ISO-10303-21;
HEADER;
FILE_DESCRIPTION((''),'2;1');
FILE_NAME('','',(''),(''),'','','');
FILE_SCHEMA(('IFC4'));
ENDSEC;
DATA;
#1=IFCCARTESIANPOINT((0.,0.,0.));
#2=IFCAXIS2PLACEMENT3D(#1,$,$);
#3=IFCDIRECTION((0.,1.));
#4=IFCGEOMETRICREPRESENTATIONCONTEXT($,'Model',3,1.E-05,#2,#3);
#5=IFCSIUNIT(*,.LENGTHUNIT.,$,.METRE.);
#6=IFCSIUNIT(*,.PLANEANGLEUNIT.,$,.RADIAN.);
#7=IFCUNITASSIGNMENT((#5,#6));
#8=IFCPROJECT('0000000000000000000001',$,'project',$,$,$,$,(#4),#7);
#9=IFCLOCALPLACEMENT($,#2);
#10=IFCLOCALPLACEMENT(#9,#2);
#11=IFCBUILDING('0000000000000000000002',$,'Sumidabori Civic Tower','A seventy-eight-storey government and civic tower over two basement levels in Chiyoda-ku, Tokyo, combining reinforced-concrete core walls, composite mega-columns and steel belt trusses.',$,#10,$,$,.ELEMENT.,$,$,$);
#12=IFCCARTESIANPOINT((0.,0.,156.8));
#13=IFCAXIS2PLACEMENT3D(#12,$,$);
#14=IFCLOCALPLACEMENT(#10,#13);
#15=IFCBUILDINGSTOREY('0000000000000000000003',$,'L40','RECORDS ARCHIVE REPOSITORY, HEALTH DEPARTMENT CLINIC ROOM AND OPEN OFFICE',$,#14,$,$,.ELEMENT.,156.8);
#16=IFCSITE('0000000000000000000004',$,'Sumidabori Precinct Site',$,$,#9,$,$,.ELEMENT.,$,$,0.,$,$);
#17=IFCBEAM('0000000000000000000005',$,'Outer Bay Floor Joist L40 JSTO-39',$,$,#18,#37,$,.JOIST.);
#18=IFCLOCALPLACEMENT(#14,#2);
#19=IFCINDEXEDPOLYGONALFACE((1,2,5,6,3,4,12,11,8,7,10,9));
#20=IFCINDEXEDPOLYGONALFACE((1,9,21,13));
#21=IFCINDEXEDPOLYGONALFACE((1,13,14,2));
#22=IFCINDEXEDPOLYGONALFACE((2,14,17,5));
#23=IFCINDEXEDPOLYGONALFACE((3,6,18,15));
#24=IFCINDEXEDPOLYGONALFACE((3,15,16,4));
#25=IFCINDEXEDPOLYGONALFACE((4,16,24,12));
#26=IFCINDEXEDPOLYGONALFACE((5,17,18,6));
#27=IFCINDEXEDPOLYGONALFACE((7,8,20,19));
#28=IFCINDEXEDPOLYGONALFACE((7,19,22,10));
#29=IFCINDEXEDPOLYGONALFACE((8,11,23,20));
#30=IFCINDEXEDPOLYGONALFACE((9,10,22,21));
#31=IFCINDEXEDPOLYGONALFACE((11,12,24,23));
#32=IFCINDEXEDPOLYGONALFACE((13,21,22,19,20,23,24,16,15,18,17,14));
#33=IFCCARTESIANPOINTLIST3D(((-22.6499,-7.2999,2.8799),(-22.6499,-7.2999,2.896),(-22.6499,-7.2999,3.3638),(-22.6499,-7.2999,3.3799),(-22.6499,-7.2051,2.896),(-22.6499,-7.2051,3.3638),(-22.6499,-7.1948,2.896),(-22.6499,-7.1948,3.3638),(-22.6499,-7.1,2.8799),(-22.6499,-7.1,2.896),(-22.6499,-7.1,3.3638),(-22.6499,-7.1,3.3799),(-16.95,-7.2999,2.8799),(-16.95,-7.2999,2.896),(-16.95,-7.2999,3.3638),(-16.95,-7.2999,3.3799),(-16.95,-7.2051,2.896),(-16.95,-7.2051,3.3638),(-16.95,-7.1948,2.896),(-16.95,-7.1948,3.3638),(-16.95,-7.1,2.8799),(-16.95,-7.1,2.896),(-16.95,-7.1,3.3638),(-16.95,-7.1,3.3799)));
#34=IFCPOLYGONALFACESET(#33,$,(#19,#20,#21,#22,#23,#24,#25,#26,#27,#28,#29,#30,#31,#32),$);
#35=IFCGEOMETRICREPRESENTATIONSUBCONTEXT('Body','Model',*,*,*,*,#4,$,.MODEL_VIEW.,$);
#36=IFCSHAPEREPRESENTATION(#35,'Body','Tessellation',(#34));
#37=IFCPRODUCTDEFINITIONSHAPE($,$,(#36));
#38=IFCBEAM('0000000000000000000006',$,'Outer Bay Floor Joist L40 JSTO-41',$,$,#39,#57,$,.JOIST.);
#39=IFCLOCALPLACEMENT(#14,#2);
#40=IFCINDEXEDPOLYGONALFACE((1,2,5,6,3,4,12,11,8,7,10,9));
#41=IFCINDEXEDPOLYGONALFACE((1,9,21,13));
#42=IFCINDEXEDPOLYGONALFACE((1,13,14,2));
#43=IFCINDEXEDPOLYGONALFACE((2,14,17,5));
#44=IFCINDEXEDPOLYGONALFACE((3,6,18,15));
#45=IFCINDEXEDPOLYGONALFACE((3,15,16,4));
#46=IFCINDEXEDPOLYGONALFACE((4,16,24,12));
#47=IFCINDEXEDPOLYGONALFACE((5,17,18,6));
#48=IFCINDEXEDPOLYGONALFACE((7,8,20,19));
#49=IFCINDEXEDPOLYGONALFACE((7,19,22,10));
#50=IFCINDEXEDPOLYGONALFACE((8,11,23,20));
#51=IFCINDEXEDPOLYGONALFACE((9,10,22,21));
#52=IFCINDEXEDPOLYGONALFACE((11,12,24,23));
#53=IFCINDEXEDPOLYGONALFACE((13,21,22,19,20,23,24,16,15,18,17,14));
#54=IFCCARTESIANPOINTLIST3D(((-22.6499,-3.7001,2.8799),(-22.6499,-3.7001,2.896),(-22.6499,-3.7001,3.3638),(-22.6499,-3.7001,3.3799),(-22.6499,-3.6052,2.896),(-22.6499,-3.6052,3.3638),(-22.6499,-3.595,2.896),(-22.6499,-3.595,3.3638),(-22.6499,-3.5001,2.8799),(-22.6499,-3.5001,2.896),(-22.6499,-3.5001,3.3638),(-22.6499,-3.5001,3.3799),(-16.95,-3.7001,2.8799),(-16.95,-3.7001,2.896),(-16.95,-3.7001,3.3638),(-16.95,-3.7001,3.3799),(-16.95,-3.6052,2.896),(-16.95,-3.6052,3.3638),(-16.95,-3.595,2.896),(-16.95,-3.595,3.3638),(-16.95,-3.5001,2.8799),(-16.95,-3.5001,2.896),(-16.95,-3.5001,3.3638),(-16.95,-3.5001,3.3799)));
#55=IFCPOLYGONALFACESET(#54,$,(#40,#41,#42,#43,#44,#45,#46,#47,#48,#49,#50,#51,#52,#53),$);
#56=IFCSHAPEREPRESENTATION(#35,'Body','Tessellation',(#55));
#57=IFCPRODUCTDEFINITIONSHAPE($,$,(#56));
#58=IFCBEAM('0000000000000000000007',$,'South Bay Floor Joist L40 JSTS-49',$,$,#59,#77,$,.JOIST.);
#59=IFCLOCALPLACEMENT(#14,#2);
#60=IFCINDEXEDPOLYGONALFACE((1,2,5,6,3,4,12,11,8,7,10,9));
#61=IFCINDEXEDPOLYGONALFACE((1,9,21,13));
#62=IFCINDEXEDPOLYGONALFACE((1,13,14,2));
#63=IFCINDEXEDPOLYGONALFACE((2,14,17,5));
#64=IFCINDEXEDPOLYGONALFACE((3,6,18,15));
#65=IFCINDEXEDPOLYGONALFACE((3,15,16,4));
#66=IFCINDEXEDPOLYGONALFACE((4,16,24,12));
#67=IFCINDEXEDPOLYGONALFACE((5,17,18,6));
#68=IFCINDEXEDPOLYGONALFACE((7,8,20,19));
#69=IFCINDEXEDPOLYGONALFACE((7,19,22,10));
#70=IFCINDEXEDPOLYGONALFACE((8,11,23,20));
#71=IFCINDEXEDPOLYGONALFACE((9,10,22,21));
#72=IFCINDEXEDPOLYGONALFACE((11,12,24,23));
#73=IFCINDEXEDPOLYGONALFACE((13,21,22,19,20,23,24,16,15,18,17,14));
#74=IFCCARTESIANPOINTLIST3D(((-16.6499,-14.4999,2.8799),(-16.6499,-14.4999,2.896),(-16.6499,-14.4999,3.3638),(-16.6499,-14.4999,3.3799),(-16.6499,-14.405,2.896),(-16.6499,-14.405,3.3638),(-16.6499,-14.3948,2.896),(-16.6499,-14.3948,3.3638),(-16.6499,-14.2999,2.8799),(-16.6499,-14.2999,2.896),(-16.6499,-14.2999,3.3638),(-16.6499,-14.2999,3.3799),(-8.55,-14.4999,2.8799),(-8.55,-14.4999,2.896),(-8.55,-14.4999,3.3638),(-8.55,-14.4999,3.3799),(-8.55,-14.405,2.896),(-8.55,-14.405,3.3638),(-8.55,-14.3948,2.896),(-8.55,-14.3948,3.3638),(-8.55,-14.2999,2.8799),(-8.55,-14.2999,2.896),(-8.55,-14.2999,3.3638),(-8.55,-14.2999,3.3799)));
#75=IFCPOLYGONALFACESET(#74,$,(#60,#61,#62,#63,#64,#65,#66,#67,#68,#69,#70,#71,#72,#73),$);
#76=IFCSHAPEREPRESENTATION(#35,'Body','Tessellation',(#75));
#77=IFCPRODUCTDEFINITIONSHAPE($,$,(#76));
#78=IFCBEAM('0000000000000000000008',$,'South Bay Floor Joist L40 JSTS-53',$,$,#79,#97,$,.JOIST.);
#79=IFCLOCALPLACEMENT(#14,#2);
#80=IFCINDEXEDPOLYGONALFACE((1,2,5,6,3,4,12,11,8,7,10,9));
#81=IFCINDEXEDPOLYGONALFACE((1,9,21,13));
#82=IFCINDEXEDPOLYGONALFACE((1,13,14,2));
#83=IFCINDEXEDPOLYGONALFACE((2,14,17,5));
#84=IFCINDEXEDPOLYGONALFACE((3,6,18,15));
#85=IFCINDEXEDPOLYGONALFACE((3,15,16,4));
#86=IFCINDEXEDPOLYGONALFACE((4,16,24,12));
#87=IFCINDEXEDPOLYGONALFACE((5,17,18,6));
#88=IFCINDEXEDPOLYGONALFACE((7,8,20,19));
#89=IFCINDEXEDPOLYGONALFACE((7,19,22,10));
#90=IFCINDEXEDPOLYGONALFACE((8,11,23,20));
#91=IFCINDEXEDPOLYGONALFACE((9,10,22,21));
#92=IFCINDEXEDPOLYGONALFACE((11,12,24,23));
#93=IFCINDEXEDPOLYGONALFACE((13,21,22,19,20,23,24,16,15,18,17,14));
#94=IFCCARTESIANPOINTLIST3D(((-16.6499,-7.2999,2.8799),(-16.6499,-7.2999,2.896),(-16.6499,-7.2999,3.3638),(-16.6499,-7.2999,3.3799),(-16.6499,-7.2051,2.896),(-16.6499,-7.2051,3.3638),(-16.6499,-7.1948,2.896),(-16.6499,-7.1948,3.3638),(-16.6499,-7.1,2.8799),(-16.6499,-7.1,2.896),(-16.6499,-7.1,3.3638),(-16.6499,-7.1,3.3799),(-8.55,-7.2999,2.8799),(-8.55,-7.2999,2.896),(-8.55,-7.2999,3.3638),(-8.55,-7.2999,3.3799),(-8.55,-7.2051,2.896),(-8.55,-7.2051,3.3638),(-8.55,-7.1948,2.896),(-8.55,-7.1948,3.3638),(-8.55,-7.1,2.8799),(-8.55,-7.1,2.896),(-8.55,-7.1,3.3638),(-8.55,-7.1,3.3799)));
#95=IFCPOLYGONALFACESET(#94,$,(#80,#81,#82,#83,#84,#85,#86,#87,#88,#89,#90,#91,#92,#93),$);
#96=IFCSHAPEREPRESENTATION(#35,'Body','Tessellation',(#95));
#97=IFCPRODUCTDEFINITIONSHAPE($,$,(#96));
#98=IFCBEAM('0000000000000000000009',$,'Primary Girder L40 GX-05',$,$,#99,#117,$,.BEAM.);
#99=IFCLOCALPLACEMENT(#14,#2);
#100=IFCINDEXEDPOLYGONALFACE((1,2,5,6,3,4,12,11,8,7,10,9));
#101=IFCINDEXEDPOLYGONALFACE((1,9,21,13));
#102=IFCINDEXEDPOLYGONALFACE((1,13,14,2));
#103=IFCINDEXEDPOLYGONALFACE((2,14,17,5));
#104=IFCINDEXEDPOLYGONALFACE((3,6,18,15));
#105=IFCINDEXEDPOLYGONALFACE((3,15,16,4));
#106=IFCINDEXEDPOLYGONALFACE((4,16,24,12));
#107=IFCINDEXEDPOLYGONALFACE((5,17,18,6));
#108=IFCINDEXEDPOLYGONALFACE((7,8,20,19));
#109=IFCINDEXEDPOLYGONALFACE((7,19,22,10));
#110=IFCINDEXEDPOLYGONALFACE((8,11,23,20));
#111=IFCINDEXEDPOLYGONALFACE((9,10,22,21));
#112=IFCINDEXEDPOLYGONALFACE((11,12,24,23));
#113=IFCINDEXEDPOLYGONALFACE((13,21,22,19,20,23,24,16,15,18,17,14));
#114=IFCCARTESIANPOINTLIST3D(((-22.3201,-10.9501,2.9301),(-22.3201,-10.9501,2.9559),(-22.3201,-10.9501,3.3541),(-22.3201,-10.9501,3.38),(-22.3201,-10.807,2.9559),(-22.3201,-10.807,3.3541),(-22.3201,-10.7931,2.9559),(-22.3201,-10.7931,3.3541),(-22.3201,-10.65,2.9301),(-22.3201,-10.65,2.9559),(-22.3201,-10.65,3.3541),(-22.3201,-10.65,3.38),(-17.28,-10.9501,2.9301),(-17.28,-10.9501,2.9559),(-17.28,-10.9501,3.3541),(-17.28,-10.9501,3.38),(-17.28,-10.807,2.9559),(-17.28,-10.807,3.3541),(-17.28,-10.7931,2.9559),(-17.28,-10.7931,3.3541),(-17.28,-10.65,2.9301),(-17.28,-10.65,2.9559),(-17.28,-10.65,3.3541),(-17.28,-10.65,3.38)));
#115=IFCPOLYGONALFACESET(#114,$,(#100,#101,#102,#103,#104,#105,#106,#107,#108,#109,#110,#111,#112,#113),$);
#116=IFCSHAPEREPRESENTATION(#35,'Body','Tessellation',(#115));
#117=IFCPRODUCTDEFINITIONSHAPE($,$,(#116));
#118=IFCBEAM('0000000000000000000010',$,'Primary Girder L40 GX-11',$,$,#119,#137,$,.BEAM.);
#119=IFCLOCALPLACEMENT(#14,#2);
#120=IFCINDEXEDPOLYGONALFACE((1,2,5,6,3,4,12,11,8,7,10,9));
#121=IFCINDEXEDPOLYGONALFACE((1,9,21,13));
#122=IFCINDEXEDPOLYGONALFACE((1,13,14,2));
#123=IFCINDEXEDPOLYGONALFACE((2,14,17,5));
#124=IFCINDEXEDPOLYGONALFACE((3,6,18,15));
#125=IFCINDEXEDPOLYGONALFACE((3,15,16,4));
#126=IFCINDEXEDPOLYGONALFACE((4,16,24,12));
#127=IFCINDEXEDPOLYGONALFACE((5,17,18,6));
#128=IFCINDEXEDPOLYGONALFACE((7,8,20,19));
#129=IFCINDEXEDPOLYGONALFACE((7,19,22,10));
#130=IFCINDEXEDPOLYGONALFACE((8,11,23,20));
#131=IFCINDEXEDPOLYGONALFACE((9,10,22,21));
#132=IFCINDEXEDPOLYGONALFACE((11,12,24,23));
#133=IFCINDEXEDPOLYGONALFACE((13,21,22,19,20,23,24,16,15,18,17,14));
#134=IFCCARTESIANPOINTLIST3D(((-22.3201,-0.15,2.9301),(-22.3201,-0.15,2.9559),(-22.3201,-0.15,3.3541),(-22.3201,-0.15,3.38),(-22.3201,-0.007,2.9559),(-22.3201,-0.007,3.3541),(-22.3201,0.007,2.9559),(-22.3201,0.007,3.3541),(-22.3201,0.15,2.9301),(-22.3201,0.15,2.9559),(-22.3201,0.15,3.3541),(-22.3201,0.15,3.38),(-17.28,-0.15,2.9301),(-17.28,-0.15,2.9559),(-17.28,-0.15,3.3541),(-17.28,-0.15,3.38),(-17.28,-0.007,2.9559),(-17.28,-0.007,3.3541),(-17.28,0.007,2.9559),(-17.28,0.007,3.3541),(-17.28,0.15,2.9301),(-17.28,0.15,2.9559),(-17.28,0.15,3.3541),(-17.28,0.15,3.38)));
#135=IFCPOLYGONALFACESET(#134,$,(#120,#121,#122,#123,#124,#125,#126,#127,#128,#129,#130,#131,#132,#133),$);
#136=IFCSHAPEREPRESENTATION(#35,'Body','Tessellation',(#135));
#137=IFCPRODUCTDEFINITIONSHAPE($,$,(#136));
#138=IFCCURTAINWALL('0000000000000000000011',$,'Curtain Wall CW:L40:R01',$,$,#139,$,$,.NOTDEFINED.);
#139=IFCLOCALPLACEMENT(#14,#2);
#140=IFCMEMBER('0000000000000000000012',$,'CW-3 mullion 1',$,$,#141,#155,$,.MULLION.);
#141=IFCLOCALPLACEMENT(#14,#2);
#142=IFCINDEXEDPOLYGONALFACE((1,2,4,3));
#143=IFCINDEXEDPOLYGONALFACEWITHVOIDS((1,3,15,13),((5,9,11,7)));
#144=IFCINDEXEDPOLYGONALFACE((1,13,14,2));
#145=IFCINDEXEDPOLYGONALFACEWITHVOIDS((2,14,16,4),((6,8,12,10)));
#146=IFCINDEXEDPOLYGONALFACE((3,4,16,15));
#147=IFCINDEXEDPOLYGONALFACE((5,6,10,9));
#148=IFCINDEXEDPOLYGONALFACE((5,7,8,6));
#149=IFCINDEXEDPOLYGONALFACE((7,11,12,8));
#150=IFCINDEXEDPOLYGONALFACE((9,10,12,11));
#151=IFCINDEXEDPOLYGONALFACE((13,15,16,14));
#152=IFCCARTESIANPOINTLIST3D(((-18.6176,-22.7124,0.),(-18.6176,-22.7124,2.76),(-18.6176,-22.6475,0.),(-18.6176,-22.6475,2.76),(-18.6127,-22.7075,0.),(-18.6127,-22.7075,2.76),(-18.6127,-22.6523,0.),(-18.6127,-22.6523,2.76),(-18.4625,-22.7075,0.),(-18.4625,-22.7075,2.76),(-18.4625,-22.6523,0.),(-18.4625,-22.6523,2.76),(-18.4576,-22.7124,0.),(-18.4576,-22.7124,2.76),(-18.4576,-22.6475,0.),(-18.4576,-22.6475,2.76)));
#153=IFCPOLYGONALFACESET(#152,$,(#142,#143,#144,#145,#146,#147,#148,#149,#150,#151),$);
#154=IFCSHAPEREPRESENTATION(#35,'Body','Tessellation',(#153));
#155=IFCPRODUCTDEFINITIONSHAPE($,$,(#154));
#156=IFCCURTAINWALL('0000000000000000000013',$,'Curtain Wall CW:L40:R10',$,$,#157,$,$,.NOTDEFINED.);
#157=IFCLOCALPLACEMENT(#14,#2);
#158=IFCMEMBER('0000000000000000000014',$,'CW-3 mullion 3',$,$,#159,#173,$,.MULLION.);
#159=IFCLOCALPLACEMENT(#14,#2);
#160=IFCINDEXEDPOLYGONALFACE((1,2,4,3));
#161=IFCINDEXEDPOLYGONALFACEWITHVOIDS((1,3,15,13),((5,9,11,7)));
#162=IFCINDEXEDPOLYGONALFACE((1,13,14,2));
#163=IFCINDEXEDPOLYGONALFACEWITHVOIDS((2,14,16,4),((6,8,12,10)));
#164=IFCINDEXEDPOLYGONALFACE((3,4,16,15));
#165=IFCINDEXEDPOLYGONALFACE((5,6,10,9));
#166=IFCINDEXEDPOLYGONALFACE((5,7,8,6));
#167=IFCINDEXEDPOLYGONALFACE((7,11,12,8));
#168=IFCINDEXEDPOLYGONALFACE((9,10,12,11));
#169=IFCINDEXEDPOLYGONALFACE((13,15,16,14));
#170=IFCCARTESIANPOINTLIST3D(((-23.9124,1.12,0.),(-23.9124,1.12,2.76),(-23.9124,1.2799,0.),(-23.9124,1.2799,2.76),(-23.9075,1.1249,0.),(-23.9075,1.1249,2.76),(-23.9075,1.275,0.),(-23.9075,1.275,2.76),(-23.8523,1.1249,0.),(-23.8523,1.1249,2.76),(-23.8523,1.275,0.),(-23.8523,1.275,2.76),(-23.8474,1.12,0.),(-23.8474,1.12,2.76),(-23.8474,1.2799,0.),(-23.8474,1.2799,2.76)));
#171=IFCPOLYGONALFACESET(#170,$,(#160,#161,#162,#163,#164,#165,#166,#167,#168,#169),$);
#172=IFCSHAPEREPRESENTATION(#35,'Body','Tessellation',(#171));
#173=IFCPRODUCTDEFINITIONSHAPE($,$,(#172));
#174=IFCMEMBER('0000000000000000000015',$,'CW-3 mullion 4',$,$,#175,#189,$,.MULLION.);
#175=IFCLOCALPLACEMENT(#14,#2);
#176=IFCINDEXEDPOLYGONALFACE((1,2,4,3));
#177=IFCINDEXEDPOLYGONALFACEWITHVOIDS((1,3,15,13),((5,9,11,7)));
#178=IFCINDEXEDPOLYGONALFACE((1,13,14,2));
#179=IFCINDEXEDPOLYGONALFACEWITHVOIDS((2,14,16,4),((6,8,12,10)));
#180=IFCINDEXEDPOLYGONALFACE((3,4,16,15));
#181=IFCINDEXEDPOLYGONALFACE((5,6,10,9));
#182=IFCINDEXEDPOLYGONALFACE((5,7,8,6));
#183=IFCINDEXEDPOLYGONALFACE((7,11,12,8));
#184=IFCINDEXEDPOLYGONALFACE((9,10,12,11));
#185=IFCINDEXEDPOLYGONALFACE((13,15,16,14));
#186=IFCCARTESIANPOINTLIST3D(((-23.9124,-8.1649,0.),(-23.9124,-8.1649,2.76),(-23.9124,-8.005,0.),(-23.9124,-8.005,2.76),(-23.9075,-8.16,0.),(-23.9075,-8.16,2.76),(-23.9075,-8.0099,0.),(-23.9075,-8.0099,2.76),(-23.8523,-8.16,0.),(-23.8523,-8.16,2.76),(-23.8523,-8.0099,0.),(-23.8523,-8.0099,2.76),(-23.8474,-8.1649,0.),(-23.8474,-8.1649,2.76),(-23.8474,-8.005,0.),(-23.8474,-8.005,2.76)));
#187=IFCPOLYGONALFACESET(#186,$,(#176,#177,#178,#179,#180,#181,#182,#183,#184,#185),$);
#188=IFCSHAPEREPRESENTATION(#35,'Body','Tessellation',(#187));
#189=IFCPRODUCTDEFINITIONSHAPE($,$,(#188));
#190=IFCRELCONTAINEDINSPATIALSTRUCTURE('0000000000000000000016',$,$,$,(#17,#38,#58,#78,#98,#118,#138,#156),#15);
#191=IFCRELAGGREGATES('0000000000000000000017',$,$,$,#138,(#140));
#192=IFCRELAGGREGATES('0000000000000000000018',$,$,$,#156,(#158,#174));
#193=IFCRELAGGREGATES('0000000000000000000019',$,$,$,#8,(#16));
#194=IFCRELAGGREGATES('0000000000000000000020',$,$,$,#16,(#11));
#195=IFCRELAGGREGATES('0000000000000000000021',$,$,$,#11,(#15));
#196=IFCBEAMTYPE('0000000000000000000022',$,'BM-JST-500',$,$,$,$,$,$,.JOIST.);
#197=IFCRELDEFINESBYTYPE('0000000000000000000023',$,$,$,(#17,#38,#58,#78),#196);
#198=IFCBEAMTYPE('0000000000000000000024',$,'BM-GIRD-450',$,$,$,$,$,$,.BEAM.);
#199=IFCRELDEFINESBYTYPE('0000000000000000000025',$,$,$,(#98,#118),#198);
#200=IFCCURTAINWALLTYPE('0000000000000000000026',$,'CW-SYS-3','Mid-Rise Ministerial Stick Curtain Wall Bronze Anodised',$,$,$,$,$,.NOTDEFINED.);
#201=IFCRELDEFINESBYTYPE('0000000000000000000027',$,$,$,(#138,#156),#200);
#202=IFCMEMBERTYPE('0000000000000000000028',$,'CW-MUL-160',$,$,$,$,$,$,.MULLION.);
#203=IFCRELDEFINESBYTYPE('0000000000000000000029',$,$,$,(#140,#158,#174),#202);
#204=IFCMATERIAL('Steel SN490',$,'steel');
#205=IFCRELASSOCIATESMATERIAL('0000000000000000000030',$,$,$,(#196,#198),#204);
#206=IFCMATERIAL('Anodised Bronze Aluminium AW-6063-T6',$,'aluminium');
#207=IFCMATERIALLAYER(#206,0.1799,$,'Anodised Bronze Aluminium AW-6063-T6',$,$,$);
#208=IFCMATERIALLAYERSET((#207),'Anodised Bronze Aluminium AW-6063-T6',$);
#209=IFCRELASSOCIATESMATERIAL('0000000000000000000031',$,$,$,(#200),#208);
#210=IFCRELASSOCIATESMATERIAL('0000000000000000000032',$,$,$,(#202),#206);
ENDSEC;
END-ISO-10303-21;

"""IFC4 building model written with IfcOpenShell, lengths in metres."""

from ifc_helpers import new_model, si_unit, direction, frame, origin, origin_2d, place, context, subcontext, project, spatial, hollow_rectangle, i_section, extrude, source, transform, mapped, material, layer, layer_set, material_profile, profile_set, type_object, element, aggregate, save


model = new_model("IFC4")

# Units and contexts
model_context = context("Model", 3, precision=1e-05, world=origin(), true_north=direction((0.0, 1.0)))
body_context = subcontext(model_context, "Body", "Model", "MODEL_VIEW")
ifc_project = project(units=[si_unit("LENGTHUNIT", "METRE"), si_unit("PLANEANGLEUNIT", "RADIAN")], contexts=[model_context])

# Site, building, storey
site_placement = place(None, origin())
site = spatial("IfcSite", under=ifc_project, at=site_placement, Name="Sumidabori Precinct Site", CompositionType="ELEMENT", RefElevation=0.0)
building_placement = place(site_placement, origin())
building = spatial("IfcBuilding", under=site, at=building_placement, Name="Sumidabori Civic Tower", Description="A seventy-eight-storey government and civic tower over two basement levels in Chiyoda-ku, Tokyo, combining reinforced-concrete core walls, composite mega-columns and steel belt trusses.", CompositionType="ELEMENT")
storey_placement = place(building_placement, frame((0.0, 0.0, 156.8)))
storey = spatial("IfcBuildingStorey", under=building, at=storey_placement, Name="L40", Description="RECORDS ARCHIVE REPOSITORY, HEALTH DEPARTMENT CLINIC ROOM AND OPEN OFFICE", CompositionType="ELEMENT", Elevation=156.8)

# Beams
ifc_material_1 = material(Name="Steel SN490", Category="steel")
ifc_material_profile_1 = material_profile(ifc_material_1, i_section(OverallWidth=0.2, OverallDepth=0.5, WebThickness=0.0103, FlangeThickness=0.0161, at=origin_2d()), Name="IPE 500")
ifc_profile_set_1 = profile_set([ifc_material_profile_1], Name="Steel SN490")
beam_type_1 = type_object("IfcBeamType", Name="BM-JST-500", PredefinedType="JOIST", material=ifc_profile_set_1)
shared_shape_1 = source(origin(), body_context, "Body", "SweptSolid", [
    extrude(i_section(OverallWidth=0.2, OverallDepth=0.5, WebThickness=0.0103, FlangeThickness=0.0161, at=origin_2d()), origin(), (0.0, 0.0, 1.0), 5.7),
])
for number, where, z_axis, x_axis, name in (
    (1, (-22.6499, -7.2, 3.1299), (1.0, 0.0, 0.0), (0.0, 1.0, 0.0), "Outer Bay Floor Joist L40 JSTO-39"),
    (2, (-22.6499, -3.6001, 3.1299), (1.0, 0.0, 0.0), (0.0, 1.0, 0.0), "Outer Bay Floor Joist L40 JSTO-41"),
):
    element("IfcBeam", number, at=place(storey_placement, frame(where, z_axis=z_axis, x_axis=x_axis)), inside=storey, type_object=beam_type_1, Name=name, PredefinedType="JOIST", context=body_context, shape_type="MappedRepresentation", body=[
        mapped(shared_shape_1, transform((0.0, 0.0, 0.0), x_axis=(1.0, 0.0, 0.0), y_axis=(0.0, 1.0, 0.0), z_axis=(0.0, 0.0, 1.0), scale=1.0)),
    ])
shared_shape_2 = source(origin(), body_context, "Body", "SweptSolid", [
    extrude(i_section(OverallWidth=0.2, OverallDepth=0.5, WebThickness=0.0103, FlangeThickness=0.0161, at=origin_2d()), origin(), (0.0, 0.0, 1.0), 8.0999),
])
for number, where, z_axis, x_axis, name in (
    (3, (-16.6499, -14.3999, 3.1299), (1.0, 0.0, 0.0), (0.0, 1.0, 0.0), "South Bay Floor Joist L40 JSTS-49"),
    (4, (-16.6499, -7.2, 3.1299), (1.0, 0.0, 0.0), (0.0, 1.0, 0.0), "South Bay Floor Joist L40 JSTS-53"),
):
    element("IfcBeam", number, at=place(storey_placement, frame(where, z_axis=z_axis, x_axis=x_axis)), inside=storey, type_object=beam_type_1, Name=name, PredefinedType="JOIST", context=body_context, shape_type="MappedRepresentation", body=[
        mapped(shared_shape_2, transform((0.0, 0.0, 0.0), x_axis=(1.0, 0.0, 0.0), y_axis=(0.0, 1.0, 0.0), z_axis=(0.0, 0.0, 1.0), scale=1.0)),
    ])
ifc_material_profile_2 = material_profile(ifc_material_1, i_section(OverallWidth=0.3, OverallDepth=0.45, WebThickness=0.0139, FlangeThickness=0.0259, at=origin_2d()), Name="HE 450 B")
ifc_profile_set_2 = profile_set([ifc_material_profile_2], Name="Steel SN490")
beam_type_2 = type_object("IfcBeamType", Name="BM-GIRD-450", PredefinedType="BEAM", material=ifc_profile_set_2)
shared_shape_3 = source(origin(), body_context, "Body", "SweptSolid", [
    extrude(i_section(OverallWidth=0.3, OverallDepth=0.45, WebThickness=0.0139, FlangeThickness=0.0259, at=origin_2d()), origin(), (0.0, 0.0, 1.0), 5.04),
])
for number, where, z_axis, x_axis, name in (
    (5, (-22.3201, -10.8, 3.155), (1.0, 0.0, 0.0), (0.0, 1.0, 0.0), "Primary Girder L40 GX-05"),
    (6, (-22.3201, 0.0, 3.155), (1.0, 0.0, 0.0), (0.0, 1.0, 0.0), "Primary Girder L40 GX-11"),
):
    element("IfcBeam", number, at=place(storey_placement, frame(where, z_axis=z_axis, x_axis=x_axis)), inside=storey, type_object=beam_type_2, Name=name, PredefinedType="BEAM", context=body_context, shape_type="MappedRepresentation", body=[
        mapped(shared_shape_3, transform((0.0, 0.0, 0.0), x_axis=(1.0, 0.0, 0.0), y_axis=(0.0, 1.0, 0.0), z_axis=(0.0, 0.0, 1.0), scale=1.0)),
    ])

# Curtain wall, member
ifc_material_2 = material(Name="Anodised Bronze Aluminium AW-6063-T6", Category="aluminium")
ifc_layer_1 = layer(ifc_material_2, 0.1799, Name="Anodised Bronze Aluminium AW-6063-T6")
ifc_layer_set_1 = layer_set([ifc_layer_1], Name="Anodised Bronze Aluminium AW-6063-T6")
curtain_wall_type = type_object("IfcCurtainWallType", Name="CW-SYS-3", Description="Mid-Rise Ministerial Stick Curtain Wall Bronze Anodised", PredefinedType="NOTDEFINED", material=ifc_layer_set_1)
curtain_wall_1_placement = place(storey_placement, origin())
curtain_wall_1 = element("IfcCurtainWall", 7, at=curtain_wall_1_placement, inside=storey, type_object=curtain_wall_type, Name="Curtain Wall CW:L40:R01", PredefinedType="NOTDEFINED")
ifc_material_profile_3 = material_profile(ifc_material_2, hollow_rectangle(XDim=0.0649, YDim=0.1599, WallThickness=0.0049, at=origin_2d()), Name="ALU MULLION 160x65")
ifc_profile_set_3 = profile_set([ifc_material_profile_3], Name="Anodised Bronze Aluminium AW-6063-T6")
member_type_1 = type_object("IfcMemberType", Name="CW-MUL-160", PredefinedType="MULLION", material=ifc_profile_set_3)
shared_shape_4 = source(origin(), body_context, "Body", "SweptSolid", [
    extrude(hollow_rectangle(XDim=0.0649, YDim=0.1599, WallThickness=0.0049, at=origin_2d()), origin(), (0.0, 0.0, 1.0), 2.76),
])
member_1_placement = place(storey_placement, frame((-18.5376, -22.6799, 0.0), z_axis=(0.0, 0.0, 1.0), x_axis=(0.0, 1.0, 0.0)))
member_1 = element("IfcMember", 8, at=member_1_placement, type_object=member_type_1, Name="CW-3 mullion 1", PredefinedType="MULLION", context=body_context, shape_type="MappedRepresentation", body=[
    mapped(shared_shape_4, transform((0.0, 0.0, 0.0), x_axis=(1.0, 0.0, 0.0), y_axis=(0.0, 1.0, 0.0), z_axis=(0.0, 0.0, 1.0), scale=1.0)),
])

# Curtain wall, members
curtain_wall_2_placement = place(storey_placement, origin())
curtain_wall_2 = element("IfcCurtainWall", 9, at=curtain_wall_2_placement, inside=storey, type_object=curtain_wall_type, Name="Curtain Wall CW:L40:R10", PredefinedType="NOTDEFINED")
member_2_placement = place(storey_placement, frame((-23.8799, 1.2, 0.0), z_axis=(0.0, 0.0, 1.0), x_axis=(1.0, 0.0, 0.0)))
member_2 = element("IfcMember", 10, at=member_2_placement, type_object=member_type_1, Name="CW-3 mullion 3", PredefinedType="MULLION", context=body_context, shape_type="MappedRepresentation", body=[
    mapped(shared_shape_4, transform((0.0, 0.0, 0.0), x_axis=(1.0, 0.0, 0.0), y_axis=(0.0, 1.0, 0.0), z_axis=(0.0, 0.0, 1.0), scale=1.0)),
])
member_3_placement = place(storey_placement, frame((-23.8799, -8.085, 0.0), z_axis=(0.0, 0.0, 1.0), x_axis=(1.0, 0.0, 0.0)))
member_3 = element("IfcMember", 11, at=member_3_placement, type_object=member_type_1, Name="CW-3 mullion 4", PredefinedType="MULLION", context=body_context, shape_type="MappedRepresentation", body=[
    mapped(shared_shape_4, transform((0.0, 0.0, 0.0), x_axis=(1.0, 0.0, 0.0), y_axis=(0.0, 1.0, 0.0), z_axis=(0.0, 0.0, 1.0), scale=1.0)),
])

aggregate(curtain_wall_1, [member_1])

aggregate(curtain_wall_2, [member_2, member_3])

save(model, "model.ifc")
